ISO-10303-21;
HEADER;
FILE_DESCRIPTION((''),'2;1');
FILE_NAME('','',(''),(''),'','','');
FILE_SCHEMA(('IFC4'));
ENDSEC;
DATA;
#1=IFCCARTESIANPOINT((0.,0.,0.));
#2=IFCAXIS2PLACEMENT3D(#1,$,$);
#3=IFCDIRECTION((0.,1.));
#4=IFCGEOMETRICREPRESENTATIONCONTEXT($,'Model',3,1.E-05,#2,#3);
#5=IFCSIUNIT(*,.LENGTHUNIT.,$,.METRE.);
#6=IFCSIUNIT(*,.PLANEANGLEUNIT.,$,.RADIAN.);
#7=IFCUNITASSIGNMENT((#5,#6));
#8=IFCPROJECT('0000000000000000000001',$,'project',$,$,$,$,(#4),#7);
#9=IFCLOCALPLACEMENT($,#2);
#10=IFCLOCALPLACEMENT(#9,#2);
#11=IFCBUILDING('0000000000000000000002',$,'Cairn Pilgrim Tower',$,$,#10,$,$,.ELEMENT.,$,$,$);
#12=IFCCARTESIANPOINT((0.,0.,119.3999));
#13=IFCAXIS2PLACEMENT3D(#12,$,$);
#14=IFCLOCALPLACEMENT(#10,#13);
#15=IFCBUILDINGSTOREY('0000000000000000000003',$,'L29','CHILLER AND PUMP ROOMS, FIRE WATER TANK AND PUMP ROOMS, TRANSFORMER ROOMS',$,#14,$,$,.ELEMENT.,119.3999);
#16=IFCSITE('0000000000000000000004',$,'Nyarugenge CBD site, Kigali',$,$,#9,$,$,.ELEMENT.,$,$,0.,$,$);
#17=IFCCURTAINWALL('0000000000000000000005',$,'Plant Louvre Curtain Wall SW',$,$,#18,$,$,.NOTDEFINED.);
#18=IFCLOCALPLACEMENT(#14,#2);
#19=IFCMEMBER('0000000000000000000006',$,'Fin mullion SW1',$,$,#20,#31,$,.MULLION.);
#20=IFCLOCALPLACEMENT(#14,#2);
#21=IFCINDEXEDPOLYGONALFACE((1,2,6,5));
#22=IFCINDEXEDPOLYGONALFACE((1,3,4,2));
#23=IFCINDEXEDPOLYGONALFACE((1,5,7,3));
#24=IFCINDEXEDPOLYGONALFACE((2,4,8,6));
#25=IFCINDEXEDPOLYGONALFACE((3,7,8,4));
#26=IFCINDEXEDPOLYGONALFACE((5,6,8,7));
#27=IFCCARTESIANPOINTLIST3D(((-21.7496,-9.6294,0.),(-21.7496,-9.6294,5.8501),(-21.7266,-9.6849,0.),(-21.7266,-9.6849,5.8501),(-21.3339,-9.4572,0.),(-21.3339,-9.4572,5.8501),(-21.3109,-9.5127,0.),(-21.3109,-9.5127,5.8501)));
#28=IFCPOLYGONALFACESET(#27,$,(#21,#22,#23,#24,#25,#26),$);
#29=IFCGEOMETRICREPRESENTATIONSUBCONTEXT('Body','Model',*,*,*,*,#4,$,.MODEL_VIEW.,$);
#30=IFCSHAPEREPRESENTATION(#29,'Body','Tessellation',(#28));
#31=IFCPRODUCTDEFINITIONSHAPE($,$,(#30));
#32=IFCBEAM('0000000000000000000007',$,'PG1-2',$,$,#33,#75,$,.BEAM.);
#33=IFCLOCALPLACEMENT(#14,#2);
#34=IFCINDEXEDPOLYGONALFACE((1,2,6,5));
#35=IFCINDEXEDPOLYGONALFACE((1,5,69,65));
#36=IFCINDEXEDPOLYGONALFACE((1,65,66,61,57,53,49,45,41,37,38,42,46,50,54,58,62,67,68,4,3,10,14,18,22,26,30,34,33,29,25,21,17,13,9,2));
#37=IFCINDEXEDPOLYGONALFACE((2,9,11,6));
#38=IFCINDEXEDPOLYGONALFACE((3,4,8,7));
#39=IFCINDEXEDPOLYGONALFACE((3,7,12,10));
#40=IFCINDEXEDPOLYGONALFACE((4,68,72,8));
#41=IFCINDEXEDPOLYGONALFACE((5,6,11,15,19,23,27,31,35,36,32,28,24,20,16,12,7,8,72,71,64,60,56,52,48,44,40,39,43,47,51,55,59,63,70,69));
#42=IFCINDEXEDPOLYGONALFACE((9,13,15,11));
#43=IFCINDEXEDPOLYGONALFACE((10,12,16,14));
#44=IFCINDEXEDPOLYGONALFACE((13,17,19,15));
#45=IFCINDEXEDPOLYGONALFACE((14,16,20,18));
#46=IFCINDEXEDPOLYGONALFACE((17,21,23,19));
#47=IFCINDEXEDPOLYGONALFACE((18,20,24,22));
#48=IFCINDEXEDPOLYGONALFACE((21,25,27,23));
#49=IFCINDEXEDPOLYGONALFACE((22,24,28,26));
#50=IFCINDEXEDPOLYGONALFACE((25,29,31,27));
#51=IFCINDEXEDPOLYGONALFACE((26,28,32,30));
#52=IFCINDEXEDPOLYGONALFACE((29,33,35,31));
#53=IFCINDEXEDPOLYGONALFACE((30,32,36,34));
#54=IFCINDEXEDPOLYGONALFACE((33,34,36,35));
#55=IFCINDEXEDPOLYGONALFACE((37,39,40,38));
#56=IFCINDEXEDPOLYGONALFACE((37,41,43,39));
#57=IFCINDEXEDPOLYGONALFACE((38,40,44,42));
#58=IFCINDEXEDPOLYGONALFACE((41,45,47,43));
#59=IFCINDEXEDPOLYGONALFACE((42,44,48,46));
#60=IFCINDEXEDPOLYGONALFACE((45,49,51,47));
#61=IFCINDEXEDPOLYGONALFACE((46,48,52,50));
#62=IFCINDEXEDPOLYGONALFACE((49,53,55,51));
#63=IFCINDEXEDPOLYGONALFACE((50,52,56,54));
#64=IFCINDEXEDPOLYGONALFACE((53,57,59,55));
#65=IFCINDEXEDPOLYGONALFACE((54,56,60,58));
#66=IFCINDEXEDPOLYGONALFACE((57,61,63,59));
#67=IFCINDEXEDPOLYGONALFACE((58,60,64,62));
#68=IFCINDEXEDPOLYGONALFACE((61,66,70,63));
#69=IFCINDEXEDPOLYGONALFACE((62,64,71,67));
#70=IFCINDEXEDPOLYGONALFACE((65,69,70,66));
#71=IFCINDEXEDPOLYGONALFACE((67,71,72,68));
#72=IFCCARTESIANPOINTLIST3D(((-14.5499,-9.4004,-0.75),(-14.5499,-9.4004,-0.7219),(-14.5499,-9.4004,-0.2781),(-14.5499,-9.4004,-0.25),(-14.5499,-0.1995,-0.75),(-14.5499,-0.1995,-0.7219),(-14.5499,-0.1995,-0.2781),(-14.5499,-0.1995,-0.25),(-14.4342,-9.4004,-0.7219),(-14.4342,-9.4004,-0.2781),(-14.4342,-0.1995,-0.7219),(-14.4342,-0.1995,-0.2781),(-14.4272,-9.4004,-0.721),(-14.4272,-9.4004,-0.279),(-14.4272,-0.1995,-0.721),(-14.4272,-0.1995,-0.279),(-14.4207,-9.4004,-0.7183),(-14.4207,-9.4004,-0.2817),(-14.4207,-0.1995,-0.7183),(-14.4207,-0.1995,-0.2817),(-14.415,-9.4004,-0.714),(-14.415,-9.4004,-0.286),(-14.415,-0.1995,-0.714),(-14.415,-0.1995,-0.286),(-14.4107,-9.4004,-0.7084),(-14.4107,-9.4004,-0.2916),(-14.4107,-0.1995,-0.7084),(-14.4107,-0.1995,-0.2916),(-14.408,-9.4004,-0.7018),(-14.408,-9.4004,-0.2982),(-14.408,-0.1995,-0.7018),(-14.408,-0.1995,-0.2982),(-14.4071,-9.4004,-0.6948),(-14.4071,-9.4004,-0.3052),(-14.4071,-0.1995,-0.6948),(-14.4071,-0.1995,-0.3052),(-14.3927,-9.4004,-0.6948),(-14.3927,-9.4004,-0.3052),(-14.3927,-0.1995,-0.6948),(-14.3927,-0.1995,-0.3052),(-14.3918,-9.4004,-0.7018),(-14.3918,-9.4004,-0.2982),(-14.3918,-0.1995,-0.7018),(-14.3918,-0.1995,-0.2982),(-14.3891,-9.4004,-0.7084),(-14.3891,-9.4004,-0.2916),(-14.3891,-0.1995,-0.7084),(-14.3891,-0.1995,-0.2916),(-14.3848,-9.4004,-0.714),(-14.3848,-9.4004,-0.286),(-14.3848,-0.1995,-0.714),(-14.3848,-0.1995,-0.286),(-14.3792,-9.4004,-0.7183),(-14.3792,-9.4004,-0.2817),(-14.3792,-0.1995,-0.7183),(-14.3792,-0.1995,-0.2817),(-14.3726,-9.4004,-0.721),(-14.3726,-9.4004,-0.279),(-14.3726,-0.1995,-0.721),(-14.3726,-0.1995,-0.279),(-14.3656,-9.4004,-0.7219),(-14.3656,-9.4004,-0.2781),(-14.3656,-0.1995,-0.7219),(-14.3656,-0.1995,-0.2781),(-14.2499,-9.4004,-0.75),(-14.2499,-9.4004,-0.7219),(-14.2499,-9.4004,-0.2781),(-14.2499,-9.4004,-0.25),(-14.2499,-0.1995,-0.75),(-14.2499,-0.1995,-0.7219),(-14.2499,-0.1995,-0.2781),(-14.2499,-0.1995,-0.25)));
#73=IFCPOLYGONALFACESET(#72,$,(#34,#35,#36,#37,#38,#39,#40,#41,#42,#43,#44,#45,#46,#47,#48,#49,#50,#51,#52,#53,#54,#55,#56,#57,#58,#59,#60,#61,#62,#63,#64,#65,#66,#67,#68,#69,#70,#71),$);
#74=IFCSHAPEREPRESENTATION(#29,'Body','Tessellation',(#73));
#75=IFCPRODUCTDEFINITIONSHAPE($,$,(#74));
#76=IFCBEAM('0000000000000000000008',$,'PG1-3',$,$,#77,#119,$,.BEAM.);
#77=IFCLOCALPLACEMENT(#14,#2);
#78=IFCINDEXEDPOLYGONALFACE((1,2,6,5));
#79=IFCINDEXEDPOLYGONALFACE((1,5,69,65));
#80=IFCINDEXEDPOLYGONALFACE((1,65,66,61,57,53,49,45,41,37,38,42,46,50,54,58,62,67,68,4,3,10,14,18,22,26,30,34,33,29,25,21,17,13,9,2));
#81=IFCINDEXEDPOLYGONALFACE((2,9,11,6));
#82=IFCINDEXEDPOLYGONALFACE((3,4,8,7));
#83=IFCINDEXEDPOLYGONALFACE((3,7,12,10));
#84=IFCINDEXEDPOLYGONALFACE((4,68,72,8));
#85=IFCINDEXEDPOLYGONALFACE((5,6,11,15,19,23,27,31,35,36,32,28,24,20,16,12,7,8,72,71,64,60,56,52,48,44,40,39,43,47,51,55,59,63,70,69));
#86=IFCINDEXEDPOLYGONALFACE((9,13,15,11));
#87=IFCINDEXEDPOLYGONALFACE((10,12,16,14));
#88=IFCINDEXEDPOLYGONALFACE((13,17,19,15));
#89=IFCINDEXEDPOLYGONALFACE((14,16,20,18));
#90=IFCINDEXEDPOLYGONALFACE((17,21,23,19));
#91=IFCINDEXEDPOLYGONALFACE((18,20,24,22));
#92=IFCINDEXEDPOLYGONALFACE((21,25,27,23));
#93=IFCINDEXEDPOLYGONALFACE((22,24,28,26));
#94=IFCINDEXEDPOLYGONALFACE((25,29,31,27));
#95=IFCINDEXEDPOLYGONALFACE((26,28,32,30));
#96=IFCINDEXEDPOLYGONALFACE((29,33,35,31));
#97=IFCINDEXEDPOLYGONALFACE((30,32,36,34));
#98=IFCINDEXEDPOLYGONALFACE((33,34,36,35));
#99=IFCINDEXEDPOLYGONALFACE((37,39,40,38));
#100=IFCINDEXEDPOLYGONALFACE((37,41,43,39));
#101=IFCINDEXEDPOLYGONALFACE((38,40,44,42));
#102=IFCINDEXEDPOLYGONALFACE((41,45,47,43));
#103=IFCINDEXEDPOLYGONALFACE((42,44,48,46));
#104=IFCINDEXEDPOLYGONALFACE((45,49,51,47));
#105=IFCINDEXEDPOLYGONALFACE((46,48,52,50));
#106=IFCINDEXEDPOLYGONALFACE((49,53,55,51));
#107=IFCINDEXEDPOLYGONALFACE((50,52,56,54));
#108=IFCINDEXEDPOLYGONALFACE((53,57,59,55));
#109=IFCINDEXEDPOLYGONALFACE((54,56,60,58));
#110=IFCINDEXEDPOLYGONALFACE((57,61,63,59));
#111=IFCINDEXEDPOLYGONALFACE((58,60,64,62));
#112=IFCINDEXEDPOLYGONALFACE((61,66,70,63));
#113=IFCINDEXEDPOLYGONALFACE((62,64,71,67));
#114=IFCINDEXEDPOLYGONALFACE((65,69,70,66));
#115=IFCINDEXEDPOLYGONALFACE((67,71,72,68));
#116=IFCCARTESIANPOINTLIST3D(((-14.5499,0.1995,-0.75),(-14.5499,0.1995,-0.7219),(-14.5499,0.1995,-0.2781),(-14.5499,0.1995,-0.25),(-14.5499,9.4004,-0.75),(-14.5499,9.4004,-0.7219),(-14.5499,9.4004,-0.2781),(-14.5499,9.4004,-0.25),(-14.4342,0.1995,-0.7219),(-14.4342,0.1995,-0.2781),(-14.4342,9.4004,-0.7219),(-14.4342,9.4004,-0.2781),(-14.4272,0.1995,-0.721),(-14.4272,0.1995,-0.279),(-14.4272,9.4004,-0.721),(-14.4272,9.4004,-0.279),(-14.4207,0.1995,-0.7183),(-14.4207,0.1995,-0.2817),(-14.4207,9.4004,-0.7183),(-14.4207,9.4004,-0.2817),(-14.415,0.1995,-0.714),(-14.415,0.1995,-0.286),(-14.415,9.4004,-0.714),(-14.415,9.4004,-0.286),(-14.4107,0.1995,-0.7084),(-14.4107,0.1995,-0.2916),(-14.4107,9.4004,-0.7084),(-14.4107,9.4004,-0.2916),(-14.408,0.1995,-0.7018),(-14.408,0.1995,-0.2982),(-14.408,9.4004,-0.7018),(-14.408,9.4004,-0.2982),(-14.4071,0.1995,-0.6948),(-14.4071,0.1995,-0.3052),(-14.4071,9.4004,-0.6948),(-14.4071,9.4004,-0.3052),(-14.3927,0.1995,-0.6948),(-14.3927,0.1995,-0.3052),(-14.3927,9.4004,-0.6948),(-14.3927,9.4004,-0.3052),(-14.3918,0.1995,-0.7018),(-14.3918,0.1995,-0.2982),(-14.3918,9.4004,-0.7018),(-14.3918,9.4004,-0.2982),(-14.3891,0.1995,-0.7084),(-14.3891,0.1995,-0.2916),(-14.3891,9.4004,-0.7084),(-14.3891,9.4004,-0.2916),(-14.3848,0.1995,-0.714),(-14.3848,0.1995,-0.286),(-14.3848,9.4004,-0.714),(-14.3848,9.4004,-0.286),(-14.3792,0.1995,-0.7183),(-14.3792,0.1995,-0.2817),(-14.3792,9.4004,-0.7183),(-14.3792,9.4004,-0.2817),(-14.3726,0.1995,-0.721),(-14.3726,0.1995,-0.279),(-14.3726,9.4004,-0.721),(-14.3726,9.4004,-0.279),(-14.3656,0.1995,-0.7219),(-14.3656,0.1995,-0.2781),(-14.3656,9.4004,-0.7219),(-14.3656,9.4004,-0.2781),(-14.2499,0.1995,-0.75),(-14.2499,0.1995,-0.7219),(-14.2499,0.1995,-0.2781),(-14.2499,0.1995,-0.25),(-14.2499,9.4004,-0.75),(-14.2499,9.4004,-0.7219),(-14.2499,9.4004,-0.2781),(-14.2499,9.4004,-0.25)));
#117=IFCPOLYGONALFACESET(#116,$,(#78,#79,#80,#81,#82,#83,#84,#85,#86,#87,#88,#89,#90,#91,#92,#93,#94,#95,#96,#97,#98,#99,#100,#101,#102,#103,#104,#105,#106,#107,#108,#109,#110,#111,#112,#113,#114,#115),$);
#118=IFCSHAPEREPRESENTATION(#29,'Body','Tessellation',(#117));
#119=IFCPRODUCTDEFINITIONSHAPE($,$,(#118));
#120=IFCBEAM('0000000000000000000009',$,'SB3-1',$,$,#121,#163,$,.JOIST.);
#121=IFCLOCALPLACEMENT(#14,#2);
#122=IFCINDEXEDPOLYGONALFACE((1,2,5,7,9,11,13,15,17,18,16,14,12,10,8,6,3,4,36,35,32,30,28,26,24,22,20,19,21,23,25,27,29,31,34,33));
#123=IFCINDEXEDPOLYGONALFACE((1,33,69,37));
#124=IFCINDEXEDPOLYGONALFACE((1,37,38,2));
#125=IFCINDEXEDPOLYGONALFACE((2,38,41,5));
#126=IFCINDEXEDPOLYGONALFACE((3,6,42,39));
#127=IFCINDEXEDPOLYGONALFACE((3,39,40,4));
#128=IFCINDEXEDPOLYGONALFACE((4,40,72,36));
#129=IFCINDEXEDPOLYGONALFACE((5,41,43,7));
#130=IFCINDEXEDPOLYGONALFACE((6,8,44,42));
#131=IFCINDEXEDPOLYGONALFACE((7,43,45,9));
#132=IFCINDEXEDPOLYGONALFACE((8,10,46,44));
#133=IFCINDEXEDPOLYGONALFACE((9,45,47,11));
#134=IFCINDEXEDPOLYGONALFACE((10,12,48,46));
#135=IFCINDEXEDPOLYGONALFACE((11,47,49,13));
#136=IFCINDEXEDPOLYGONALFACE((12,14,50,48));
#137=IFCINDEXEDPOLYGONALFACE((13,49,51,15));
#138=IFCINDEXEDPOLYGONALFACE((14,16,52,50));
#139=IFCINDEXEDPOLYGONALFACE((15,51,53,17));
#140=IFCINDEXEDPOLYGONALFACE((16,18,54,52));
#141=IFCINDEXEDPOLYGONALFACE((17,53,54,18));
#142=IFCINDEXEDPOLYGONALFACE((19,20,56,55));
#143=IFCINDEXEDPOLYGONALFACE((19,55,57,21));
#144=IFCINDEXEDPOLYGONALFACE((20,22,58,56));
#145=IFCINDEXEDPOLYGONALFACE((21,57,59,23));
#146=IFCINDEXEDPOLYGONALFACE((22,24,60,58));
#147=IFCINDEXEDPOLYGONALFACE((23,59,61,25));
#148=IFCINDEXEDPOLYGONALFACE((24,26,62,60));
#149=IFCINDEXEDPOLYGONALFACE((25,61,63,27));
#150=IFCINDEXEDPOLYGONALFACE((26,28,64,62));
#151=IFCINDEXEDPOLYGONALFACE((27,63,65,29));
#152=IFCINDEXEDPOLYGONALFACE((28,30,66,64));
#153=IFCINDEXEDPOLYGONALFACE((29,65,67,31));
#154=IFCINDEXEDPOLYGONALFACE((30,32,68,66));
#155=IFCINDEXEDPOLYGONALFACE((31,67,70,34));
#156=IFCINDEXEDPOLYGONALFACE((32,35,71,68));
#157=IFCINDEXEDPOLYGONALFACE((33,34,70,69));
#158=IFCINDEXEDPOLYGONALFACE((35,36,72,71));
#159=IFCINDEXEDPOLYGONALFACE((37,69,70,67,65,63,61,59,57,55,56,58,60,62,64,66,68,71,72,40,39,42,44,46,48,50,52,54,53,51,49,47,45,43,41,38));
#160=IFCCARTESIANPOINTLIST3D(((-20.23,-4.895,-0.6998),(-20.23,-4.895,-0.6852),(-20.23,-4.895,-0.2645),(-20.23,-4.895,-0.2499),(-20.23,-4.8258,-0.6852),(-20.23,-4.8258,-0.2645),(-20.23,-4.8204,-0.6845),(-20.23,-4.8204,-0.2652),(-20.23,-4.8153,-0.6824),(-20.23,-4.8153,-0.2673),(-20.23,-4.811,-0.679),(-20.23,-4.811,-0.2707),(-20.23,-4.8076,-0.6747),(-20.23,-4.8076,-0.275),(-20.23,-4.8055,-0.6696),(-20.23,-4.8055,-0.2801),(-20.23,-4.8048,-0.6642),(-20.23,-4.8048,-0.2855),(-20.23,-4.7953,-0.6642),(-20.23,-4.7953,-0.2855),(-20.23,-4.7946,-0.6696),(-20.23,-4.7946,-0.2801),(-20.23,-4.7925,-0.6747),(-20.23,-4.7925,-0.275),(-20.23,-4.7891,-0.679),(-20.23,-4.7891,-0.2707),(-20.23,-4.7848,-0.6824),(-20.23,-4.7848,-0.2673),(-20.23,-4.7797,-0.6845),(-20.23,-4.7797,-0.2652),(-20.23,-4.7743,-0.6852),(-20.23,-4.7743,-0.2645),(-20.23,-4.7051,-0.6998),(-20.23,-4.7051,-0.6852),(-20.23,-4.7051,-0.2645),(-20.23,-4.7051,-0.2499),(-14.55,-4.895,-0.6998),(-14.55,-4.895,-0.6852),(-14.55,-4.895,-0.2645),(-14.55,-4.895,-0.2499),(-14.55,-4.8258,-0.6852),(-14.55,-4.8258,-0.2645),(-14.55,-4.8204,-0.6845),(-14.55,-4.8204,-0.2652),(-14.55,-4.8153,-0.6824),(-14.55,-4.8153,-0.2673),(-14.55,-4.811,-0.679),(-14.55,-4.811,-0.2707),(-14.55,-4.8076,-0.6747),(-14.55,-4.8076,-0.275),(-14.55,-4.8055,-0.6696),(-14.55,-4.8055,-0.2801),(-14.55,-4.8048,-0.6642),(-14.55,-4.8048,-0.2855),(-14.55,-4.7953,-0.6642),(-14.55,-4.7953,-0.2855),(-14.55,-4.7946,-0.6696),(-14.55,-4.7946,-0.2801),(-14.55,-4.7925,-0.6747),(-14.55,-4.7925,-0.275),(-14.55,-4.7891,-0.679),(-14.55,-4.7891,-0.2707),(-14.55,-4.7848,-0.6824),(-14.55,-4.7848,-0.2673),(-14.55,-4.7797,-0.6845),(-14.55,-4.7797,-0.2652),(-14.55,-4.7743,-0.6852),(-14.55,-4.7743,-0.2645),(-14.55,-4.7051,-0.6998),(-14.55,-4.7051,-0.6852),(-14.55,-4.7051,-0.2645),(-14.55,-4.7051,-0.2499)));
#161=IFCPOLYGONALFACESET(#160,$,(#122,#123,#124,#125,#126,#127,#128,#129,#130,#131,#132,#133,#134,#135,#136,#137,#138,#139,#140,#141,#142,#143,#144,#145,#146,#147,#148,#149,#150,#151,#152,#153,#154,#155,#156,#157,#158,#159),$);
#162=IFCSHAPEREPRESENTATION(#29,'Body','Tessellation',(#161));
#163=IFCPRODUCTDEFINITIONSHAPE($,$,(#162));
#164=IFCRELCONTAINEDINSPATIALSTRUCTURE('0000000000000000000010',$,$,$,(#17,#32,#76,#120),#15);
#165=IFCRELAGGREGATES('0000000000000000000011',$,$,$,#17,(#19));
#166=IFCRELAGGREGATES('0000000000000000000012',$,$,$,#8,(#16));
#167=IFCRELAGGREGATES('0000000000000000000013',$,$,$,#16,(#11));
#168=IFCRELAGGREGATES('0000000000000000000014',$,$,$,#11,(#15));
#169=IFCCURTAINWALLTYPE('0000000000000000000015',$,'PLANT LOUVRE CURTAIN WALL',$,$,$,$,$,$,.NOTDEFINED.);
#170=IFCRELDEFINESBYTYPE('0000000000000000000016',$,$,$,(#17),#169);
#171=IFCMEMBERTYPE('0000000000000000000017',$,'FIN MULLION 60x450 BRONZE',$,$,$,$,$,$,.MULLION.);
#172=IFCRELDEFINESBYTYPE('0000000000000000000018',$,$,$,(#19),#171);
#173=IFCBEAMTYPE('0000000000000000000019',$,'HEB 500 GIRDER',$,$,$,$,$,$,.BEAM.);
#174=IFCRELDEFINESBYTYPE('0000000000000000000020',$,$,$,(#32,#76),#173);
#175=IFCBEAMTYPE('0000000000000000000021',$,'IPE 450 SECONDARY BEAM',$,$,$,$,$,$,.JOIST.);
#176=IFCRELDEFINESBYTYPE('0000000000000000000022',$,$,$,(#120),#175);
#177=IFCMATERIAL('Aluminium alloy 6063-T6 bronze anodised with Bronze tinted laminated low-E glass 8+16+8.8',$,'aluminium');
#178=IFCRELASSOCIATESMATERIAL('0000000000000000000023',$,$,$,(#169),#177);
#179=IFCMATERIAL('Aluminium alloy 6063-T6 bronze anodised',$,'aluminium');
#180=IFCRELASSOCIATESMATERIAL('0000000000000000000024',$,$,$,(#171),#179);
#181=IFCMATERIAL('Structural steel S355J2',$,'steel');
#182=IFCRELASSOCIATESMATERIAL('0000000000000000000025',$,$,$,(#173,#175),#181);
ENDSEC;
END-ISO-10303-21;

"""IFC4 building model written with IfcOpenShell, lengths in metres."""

from ifc_helpers import new_model, si_unit, direction, frame, origin, origin_2d, place, context, subcontext, project, spatial, rectangle, i_section, extrude, material, material_profile, profile_set, type_object, element, aggregate, save


model = new_model("IFC4")

# Units and contexts
model_context = context("Model", 3, precision=1e-05, world=origin(), true_north=direction((0.0, 1.0)))
body_context = subcontext(model_context, "Body", "Model", "MODEL_VIEW")
ifc_project = project(units=[si_unit("LENGTHUNIT", "METRE"), si_unit("PLANEANGLEUNIT", "RADIAN")], contexts=[model_context])

# Site, building, storey
site_placement = place(None, origin())
site = spatial("IfcSite", under=ifc_project, at=site_placement, Name="Nyarugenge CBD site, Kigali", CompositionType="ELEMENT", RefElevation=0.0)
building_placement = place(site_placement, origin())
building = spatial("IfcBuilding", under=site, at=building_placement, Name="Cairn Pilgrim Tower", CompositionType="ELEMENT")
storey_placement = place(building_placement, frame((0.0, 0.0, 119.3999)))
storey = spatial("IfcBuildingStorey", under=building, at=storey_placement, Name="L29", Description="CHILLER AND PUMP ROOMS, FIRE WATER TANK AND PUMP ROOMS, TRANSFORMER ROOMS", CompositionType="ELEMENT", Elevation=119.3999)

# Shared definitions
ifc_material_1 = material(Name="Structural steel S355J2", Category="steel")

# Shared definitions
ifc_material_2 = material(Name="Aluminium alloy 6063-T6 bronze anodised with Bronze tinted laminated low-E glass 8+16+8.8", Category="aluminium")
curtain_wall_type = type_object("IfcCurtainWallType", Name="PLANT LOUVRE CURTAIN WALL", PredefinedType="NOTDEFINED", material=ifc_material_2)
ifc_material_3 = material(Name="Aluminium alloy 6063-T6 bronze anodised", Category="aluminium")
ifc_material_profile_1 = material_profile(ifc_material_3, rectangle(XDim=0.45, YDim=0.0601, at=origin_2d()), Name="FIN MULLION 60x450 BRONZE")
ifc_profile_set_1 = profile_set([ifc_material_profile_1], Name="Aluminium alloy 6063-T6 bronze anodised")
member_type_1 = type_object("IfcMemberType", Name="FIN MULLION 60x450 BRONZE", PredefinedType="MULLION", material=ifc_profile_set_1)

# Curtain wall, member
curtain_wall_1_placement = place(storey_placement, origin())
curtain_wall_1 = element("IfcCurtainWall", 1, at=curtain_wall_1_placement, inside=storey, type_object=curtain_wall_type, Name="Plant Louvre Curtain Wall SW", PredefinedType="NOTDEFINED")
member_1_placement = place(storey_placement, frame((-21.5303, -9.571, 0.0), z_axis=(0.0, 0.0, 1.0), x_axis=(-0.92388, -0.382683, 0.0)))
member_1 = element("IfcMember", 2, at=member_1_placement, type_object=member_type_1, Name="Fin mullion SW1", PredefinedType="MULLION", context=body_context, shape_type="SweptSolid", body=[
    extrude(rectangle(XDim=0.45, YDim=0.0601, at=origin_2d()), origin(), (0.0, 0.0, 1.0), 5.8501),
])

# Beams
ifc_material_profile_2 = material_profile(ifc_material_1, i_section(OverallWidth=0.3, OverallDepth=0.5, WebThickness=0.0144, FlangeThickness=0.0281, FilletRadius=0.0271, at=origin_2d()), Name="HEB 500")
ifc_profile_set_2 = profile_set([ifc_material_profile_2], Name="Structural steel S355J2")
beam_type_1 = type_object("IfcBeamType", Name="HEB 500 GIRDER", PredefinedType="BEAM", material=ifc_profile_set_2)
for number, where, z_axis, x_axis, name in (
    (3, (-14.3999, -9.4004, -0.5), (0.0, 1.0, 0.0), (-1.0, 0.0, 0.0), "PG1-2"),
    (4, (-14.3999, 0.1995, -0.5), (0.0, 1.0, 0.0), (-1.0, 0.0, 0.0), "PG1-3"),
):
    element("IfcBeam", number, at=place(storey_placement, frame(where, z_axis=z_axis, x_axis=x_axis)), inside=storey, type_object=beam_type_1, Name=name, PredefinedType="BEAM", context=body_context, shape_type="SweptSolid", body=[
        extrude(i_section(OverallWidth=0.3, OverallDepth=0.5, WebThickness=0.0144, FlangeThickness=0.0281, FilletRadius=0.0271, at=origin_2d()), origin(), (0.0, 0.0, 1.0), 9.2009),
    ])
ifc_material_profile_3 = material_profile(ifc_material_1, i_section(OverallWidth=0.1899, OverallDepth=0.45, WebThickness=0.0095, FlangeThickness=0.0146, FilletRadius=0.021, at=origin_2d()), Name="IPE 450")
ifc_profile_set_3 = profile_set([ifc_material_profile_3], Name="Structural steel S355J2")
beam_type_2 = type_object("IfcBeamType", Name="IPE 450 SECONDARY BEAM", PredefinedType="JOIST", material=ifc_profile_set_3)
for number, where, z_axis, x_axis, name in (
    (5, (-20.23, -4.8, -0.4749), (1.0, 0.0, 0.0), (0.0, 1.0, 0.0), "SB3-1"),
):
    element("IfcBeam", number, at=place(storey_placement, frame(where, z_axis=z_axis, x_axis=x_axis)), inside=storey, type_object=beam_type_2, Name=name, PredefinedType="JOIST", context=body_context, shape_type="SweptSolid", body=[
        extrude(i_section(OverallWidth=0.1899, OverallDepth=0.45, WebThickness=0.0095, FlangeThickness=0.0146, FilletRadius=0.021, at=origin_2d()), origin(), (0.0, 0.0, 1.0), 5.6799),
    ])

aggregate(curtain_wall_1, [member_1])

save(model, "model.ifc")
